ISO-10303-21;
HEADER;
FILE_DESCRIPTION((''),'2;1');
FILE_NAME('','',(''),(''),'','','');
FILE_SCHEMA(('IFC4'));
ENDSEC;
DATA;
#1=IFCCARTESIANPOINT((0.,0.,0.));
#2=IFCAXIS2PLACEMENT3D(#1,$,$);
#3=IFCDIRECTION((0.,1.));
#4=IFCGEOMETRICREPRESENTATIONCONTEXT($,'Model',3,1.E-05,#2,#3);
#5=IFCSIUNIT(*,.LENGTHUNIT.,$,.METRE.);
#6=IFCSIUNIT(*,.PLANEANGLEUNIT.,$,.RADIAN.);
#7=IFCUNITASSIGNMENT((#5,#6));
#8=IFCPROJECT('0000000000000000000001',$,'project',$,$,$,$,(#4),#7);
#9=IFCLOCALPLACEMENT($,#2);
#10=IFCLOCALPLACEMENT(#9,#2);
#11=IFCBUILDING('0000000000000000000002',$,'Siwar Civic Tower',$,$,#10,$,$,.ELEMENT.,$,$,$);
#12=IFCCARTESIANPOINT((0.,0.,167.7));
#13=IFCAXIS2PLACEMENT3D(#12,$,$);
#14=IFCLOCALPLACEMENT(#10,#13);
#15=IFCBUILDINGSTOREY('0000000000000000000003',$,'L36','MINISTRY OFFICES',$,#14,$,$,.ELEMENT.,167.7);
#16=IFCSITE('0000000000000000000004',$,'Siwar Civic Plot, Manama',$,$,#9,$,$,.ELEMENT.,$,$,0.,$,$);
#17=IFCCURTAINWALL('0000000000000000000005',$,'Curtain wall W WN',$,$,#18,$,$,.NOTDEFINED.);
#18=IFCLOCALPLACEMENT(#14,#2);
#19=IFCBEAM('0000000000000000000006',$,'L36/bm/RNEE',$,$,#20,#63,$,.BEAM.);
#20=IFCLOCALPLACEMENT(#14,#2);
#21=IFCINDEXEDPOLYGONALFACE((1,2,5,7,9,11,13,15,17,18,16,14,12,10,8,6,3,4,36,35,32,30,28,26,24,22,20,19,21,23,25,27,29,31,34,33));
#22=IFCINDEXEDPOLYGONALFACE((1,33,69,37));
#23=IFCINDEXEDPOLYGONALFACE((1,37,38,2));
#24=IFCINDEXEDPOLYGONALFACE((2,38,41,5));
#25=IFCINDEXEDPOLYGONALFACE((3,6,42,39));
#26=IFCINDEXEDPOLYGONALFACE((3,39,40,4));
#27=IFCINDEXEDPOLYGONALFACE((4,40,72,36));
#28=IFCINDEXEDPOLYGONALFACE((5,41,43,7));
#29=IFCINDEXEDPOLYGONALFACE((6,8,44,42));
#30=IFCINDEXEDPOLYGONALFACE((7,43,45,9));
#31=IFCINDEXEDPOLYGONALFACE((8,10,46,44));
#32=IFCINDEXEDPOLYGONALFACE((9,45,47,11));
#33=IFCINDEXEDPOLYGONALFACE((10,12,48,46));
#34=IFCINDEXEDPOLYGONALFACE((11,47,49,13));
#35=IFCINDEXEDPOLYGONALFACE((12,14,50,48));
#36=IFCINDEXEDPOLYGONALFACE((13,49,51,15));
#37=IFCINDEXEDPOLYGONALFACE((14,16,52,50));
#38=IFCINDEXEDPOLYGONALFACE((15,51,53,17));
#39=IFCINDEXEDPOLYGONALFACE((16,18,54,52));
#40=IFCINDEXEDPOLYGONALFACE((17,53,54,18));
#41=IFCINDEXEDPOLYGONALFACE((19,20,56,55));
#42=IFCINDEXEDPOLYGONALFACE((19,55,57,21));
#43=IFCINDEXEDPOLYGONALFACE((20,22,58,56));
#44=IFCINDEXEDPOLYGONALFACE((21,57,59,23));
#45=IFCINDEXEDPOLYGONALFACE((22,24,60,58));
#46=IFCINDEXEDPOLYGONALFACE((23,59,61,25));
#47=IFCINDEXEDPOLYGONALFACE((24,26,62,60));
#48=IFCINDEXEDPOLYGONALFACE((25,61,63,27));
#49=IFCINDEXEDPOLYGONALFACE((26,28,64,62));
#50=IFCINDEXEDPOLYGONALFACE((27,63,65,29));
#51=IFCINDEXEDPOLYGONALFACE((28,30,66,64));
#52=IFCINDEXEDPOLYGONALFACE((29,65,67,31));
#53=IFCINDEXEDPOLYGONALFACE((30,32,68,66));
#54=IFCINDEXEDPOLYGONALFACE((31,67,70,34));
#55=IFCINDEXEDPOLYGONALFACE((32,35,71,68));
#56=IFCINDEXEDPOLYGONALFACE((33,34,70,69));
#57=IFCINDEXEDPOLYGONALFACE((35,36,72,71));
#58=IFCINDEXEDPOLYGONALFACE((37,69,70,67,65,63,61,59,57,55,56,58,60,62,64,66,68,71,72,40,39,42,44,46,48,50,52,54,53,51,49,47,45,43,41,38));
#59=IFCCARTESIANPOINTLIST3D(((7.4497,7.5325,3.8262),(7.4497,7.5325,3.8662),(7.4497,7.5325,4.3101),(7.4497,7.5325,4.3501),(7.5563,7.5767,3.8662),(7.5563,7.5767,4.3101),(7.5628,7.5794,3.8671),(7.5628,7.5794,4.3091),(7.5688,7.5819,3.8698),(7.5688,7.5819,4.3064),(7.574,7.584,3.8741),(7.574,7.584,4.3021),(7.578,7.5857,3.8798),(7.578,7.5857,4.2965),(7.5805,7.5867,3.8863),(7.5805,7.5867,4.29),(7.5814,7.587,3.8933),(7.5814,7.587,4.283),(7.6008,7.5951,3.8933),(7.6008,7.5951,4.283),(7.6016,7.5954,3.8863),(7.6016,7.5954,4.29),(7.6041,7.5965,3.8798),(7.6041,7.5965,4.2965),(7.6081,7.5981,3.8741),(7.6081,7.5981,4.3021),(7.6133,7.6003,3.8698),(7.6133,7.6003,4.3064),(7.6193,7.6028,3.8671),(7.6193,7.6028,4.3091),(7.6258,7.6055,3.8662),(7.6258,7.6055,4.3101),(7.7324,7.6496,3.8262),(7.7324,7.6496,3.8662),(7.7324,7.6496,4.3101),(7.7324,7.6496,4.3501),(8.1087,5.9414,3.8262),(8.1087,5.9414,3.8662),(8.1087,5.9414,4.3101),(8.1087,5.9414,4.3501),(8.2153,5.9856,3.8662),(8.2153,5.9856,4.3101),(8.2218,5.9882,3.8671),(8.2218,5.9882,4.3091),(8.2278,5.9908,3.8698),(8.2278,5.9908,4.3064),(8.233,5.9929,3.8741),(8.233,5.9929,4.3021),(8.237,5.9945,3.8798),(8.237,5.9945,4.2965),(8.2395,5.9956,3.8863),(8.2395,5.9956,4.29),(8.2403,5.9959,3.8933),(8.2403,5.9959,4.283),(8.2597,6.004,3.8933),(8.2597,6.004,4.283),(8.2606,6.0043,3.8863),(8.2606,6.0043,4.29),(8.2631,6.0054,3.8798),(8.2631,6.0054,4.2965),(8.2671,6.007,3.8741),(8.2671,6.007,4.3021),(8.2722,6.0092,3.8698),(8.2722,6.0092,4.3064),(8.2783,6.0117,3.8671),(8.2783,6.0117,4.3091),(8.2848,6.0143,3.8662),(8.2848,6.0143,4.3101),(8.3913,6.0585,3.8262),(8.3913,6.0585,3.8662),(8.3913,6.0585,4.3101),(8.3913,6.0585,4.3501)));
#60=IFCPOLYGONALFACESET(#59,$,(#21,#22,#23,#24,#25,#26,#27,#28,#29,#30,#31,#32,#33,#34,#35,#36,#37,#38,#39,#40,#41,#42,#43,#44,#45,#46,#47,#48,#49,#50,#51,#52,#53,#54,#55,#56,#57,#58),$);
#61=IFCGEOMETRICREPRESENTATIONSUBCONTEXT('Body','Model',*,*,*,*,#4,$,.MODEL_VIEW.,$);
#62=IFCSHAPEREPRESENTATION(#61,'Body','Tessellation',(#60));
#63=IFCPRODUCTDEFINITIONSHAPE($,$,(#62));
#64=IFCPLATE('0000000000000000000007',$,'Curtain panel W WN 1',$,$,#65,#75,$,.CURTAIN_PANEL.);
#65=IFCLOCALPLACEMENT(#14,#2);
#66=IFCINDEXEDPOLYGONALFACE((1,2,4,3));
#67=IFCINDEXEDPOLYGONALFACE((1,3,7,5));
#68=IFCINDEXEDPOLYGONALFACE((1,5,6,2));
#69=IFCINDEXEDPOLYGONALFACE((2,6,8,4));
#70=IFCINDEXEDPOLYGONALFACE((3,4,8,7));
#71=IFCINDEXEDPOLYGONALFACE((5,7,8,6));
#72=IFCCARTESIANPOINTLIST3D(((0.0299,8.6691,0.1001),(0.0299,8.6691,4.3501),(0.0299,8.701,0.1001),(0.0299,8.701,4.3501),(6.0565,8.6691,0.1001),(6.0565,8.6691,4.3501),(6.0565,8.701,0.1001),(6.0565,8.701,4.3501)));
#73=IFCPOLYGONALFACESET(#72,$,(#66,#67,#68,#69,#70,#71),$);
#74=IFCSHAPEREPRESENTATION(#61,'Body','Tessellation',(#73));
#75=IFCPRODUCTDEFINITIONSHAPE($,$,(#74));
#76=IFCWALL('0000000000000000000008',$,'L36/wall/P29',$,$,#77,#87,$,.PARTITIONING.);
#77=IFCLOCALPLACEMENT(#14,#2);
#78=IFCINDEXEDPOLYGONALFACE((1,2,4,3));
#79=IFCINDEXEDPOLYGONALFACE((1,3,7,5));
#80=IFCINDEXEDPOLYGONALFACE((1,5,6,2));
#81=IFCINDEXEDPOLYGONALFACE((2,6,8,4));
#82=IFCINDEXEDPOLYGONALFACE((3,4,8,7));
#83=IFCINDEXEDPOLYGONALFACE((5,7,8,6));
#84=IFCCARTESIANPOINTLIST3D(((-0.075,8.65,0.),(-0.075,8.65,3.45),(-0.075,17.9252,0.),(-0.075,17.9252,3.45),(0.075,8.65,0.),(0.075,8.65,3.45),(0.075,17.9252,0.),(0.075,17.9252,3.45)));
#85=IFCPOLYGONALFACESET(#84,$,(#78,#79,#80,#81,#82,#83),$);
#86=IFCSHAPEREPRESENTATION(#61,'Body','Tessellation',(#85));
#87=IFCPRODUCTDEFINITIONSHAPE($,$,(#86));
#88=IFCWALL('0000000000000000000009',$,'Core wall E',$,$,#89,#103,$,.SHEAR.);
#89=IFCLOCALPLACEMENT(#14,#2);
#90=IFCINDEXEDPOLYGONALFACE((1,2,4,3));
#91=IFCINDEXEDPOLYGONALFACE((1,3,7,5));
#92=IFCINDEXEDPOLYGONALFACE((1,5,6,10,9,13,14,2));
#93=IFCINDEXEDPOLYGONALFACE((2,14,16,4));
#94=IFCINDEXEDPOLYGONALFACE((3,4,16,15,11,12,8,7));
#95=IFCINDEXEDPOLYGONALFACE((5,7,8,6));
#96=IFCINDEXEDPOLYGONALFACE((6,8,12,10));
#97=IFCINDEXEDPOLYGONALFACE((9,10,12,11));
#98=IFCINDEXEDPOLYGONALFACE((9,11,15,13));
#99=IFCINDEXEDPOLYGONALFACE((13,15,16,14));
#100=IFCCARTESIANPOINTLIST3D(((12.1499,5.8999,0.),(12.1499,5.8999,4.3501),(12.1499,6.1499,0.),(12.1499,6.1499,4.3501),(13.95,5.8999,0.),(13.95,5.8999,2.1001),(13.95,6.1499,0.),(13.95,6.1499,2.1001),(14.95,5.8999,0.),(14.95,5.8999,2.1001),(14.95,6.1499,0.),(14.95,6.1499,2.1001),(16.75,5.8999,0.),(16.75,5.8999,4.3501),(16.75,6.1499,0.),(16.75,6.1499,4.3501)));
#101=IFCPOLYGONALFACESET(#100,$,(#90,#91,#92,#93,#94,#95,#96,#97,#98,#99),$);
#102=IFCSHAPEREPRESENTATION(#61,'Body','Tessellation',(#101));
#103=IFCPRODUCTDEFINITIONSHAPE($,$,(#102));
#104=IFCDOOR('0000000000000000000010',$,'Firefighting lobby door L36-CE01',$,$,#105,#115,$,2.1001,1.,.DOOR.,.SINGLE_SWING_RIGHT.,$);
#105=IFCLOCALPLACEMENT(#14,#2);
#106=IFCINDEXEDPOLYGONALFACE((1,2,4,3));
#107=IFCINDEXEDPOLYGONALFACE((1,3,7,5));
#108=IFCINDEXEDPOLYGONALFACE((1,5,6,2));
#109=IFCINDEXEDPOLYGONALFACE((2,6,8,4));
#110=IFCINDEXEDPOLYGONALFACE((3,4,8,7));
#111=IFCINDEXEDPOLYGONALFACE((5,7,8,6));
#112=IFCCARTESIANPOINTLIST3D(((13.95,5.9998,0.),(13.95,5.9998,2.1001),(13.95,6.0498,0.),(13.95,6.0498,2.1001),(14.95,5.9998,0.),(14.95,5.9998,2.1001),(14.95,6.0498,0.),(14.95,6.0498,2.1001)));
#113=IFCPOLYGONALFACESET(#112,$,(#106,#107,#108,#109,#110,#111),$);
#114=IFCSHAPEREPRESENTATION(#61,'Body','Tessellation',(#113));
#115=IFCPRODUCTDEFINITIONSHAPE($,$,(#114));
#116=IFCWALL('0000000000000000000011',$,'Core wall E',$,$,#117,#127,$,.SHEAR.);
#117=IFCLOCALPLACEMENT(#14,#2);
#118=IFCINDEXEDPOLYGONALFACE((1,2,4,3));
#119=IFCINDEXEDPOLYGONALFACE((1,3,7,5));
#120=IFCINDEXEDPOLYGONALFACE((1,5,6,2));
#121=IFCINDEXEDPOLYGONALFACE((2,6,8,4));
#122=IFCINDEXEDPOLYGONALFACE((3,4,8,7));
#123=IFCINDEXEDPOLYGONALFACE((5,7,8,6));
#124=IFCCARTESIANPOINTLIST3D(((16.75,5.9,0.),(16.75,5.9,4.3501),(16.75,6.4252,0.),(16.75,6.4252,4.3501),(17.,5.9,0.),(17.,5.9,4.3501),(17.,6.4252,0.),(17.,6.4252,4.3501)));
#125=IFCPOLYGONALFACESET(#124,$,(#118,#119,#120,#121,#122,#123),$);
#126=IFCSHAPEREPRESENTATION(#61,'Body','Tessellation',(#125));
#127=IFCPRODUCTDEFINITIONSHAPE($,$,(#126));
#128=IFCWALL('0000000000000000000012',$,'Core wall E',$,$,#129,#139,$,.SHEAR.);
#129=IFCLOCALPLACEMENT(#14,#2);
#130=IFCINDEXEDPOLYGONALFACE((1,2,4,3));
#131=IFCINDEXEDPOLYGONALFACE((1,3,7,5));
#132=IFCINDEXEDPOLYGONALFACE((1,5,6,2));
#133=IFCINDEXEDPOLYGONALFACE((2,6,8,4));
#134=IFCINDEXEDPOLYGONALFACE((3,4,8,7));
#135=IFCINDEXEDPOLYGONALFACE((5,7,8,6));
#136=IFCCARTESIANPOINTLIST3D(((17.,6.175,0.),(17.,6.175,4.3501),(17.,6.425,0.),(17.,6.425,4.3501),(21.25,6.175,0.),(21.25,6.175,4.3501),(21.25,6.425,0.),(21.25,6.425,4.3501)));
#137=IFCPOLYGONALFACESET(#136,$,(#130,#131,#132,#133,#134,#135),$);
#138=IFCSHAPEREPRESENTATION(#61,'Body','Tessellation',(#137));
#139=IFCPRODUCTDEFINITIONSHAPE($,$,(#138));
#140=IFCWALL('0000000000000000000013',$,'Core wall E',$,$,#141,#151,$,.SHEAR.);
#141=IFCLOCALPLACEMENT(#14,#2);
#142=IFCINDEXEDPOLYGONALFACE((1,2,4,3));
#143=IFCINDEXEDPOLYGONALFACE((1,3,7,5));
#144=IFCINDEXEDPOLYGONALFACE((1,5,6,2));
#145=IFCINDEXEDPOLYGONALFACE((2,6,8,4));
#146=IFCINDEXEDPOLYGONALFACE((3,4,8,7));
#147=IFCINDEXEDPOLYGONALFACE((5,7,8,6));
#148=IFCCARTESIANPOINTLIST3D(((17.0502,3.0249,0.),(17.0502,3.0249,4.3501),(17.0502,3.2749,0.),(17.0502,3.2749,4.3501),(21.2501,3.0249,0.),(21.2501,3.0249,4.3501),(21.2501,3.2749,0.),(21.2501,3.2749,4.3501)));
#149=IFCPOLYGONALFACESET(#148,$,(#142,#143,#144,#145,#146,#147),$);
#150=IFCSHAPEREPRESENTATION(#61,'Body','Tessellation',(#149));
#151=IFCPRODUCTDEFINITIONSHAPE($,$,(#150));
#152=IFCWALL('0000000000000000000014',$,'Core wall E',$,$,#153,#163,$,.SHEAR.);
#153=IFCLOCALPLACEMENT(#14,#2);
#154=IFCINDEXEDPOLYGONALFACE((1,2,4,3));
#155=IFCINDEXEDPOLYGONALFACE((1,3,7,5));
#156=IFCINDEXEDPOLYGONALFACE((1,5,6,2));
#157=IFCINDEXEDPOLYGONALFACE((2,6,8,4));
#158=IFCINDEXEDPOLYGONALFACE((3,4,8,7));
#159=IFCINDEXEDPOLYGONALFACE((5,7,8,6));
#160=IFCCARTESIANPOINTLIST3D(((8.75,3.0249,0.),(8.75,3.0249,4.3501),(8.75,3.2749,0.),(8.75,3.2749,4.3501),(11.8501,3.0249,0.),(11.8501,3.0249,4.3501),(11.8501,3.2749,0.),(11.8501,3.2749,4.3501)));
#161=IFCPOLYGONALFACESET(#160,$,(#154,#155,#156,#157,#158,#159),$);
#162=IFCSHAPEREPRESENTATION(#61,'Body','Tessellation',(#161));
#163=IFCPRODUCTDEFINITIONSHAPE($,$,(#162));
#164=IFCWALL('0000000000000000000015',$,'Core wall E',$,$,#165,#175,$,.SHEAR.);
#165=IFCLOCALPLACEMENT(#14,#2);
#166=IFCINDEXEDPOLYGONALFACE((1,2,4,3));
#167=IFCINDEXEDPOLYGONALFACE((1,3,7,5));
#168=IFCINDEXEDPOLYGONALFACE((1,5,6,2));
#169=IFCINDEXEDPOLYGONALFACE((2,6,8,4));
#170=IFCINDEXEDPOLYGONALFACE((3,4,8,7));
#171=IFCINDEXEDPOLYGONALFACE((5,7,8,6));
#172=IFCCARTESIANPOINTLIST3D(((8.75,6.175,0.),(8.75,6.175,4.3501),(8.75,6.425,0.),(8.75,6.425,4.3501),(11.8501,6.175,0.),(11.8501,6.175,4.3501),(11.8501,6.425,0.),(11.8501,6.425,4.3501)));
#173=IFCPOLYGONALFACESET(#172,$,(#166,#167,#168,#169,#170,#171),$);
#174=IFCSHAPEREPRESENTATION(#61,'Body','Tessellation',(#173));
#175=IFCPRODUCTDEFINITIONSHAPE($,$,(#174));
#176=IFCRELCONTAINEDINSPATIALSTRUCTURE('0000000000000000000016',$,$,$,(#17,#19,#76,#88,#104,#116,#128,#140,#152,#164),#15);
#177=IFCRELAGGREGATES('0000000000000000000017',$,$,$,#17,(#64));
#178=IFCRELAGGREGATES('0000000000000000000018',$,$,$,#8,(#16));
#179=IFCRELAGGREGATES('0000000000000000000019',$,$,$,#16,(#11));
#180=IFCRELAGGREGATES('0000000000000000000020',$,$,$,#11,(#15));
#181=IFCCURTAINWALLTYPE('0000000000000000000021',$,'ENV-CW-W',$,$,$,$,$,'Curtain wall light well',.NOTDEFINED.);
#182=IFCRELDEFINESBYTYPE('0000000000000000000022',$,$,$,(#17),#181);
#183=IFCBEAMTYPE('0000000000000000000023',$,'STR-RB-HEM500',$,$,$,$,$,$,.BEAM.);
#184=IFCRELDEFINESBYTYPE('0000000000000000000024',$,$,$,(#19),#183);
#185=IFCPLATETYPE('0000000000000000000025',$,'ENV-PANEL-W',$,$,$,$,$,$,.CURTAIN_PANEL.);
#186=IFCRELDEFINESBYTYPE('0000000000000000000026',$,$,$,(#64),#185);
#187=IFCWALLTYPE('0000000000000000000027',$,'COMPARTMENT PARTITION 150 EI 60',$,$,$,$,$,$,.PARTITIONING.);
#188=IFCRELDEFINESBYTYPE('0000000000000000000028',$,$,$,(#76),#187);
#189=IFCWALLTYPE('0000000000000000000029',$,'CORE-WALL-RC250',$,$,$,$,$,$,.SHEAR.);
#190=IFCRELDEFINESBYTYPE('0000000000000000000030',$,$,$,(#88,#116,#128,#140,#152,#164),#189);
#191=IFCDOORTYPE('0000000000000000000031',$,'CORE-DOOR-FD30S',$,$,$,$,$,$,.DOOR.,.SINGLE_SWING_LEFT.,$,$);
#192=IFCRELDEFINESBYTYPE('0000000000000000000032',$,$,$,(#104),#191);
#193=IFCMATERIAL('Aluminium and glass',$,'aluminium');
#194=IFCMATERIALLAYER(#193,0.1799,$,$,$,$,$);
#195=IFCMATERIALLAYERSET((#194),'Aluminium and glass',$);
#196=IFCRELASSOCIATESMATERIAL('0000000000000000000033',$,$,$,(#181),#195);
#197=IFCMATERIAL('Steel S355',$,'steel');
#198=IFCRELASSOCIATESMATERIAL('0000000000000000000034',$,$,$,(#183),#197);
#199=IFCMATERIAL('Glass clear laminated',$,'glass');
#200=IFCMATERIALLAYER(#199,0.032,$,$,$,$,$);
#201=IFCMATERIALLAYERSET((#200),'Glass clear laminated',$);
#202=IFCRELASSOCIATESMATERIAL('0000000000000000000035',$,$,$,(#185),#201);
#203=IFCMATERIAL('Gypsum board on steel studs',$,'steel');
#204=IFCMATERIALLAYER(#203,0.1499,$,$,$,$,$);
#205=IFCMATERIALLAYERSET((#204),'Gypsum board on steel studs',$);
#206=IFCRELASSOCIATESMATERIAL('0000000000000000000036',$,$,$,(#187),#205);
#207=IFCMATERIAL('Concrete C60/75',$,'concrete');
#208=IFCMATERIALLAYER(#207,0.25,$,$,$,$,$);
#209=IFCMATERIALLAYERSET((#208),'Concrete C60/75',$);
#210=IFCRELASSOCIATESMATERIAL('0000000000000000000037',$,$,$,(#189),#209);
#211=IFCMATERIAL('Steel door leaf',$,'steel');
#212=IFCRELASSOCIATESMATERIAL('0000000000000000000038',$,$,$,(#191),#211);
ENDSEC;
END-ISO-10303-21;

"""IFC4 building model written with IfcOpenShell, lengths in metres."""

from ifc_helpers import new_model, si_unit, direction, frame, frame_2d, origin, origin_2d, place, context, subcontext, project, spatial, rectangle, i_section, extrude, material, layer, layer_set, material_profile, profile_set, type_object, element, fill, aggregate, save


model = new_model("IFC4")

# Units and contexts
model_context = context("Model", 3, precision=1e-05, world=origin(), true_north=direction((0.0, 1.0)))
body_context = subcontext(model_context, "Body", "Model", "MODEL_VIEW")
ifc_project = project(units=[si_unit("LENGTHUNIT", "METRE"), si_unit("PLANEANGLEUNIT", "RADIAN")], contexts=[model_context])

# Site, building, storey
site_placement = place(None, origin())
site = spatial("IfcSite", under=ifc_project, at=site_placement, Name="Siwar Civic Plot, Manama", CompositionType="ELEMENT", RefElevation=0.0)
building_placement = place(site_placement, origin())
building = spatial("IfcBuilding", under=site, at=building_placement, Name="Siwar Civic Tower", CompositionType="ELEMENT")
storey_placement = place(building_placement, frame((0.0, 0.0, 167.7)))
storey = spatial("IfcBuildingStorey", under=building, at=storey_placement, Name="L36", Description="MINISTRY OFFICES", CompositionType="ELEMENT", Elevation=167.7)

# Curtain wall
ifc_material_1 = material(Name="Aluminium and glass", Category="aluminium")
ifc_layer_1 = layer(ifc_material_1, 0.1799)
ifc_layer_set_1 = layer_set([ifc_layer_1], Name="Aluminium and glass")
curtain_wall_type = type_object("IfcCurtainWallType", Name="ENV-CW-W", ElementType="Curtain wall light well", PredefinedType="NOTDEFINED", material=ifc_layer_set_1)
curtain_wall_placement = place(storey_placement, origin())
curtain_wall = element("IfcCurtainWall", 1, at=curtain_wall_placement, inside=storey, type_object=curtain_wall_type, Name="Curtain wall W WN", PredefinedType="NOTDEFINED")

# Beam
ifc_material_2 = material(Name="Steel S355", Category="steel")
ifc_material_profile_1 = material_profile(ifc_material_2, i_section(OverallWidth=0.3059, OverallDepth=0.5239, WebThickness=0.021, FlangeThickness=0.04, FilletRadius=0.0271, at=origin_2d()), Name="HEM500")
ifc_profile_set_1 = profile_set([ifc_material_profile_1], Name="Steel S355")
beam_type_1 = type_object("IfcBeamType", Name="STR-RB-HEM500", PredefinedType="BEAM", material=ifc_profile_set_1)
for number, where, z_axis, x_axis, name in (
    (2, (7.5911, 7.5911, 4.0881), (0.382631, -0.923901, 0.0), (0.923901, 0.382631, 0.0), "L36/bm/RNEE"),
):
    element("IfcBeam", number, at=place(storey_placement, frame(where, z_axis=z_axis, x_axis=x_axis)), inside=storey, type_object=beam_type_1, Name=name, PredefinedType="BEAM", context=body_context, shape_type="SweptSolid", body=[
        extrude(i_section(OverallWidth=0.3059, OverallDepth=0.5239, WebThickness=0.021, FlangeThickness=0.04, FilletRadius=0.0271, at=origin_2d()), origin(), (0.0, 0.0, 1.0), 1.7222),
    ])

# Plate
ifc_material_3 = material(Name="Glass clear laminated", Category="glass")
ifc_layer_2 = layer(ifc_material_3, 0.032)
ifc_layer_set_2 = layer_set([ifc_layer_2], Name="Glass clear laminated")
plate_type = type_object("IfcPlateType", Name="ENV-PANEL-W", PredefinedType="CURTAIN_PANEL", material=ifc_layer_set_2)
plate_placement = place(storey_placement, frame((3.0432, 8.6851, 0.1001), z_axis=(0.0, 0.0, 1.0), x_axis=(-1.0, 0.0, 0.0)))
plate = element("IfcPlate", 3, at=plate_placement, type_object=plate_type, Name="Curtain panel W WN 1", PredefinedType="CURTAIN_PANEL", context=body_context, shape_type="SweptSolid", body=[
    extrude(rectangle(XDim=6.0266, YDim=0.032, at=origin_2d()), origin(), (0.0, 0.0, 1.0), 4.25),
])
aggregate(curtain_wall, [plate])

# Wall
ifc_material_4 = material(Name="Gypsum board on steel studs", Category="steel")
ifc_layer_3 = layer(ifc_material_4, 0.1499)
ifc_layer_set_3 = layer_set([ifc_layer_3], Name="Gypsum board on steel studs")
wall_type_1 = type_object("IfcWallType", Name="COMPARTMENT PARTITION 150 EI 60", PredefinedType="PARTITIONING", material=ifc_layer_set_3)
wall_1_placement = place(storey_placement, frame((0.0, 8.6499, 0.0), z_axis=(0.0, 0.0, 1.0), x_axis=(0.0, 1.0, 0.0)))
element("IfcWall", 4, at=wall_1_placement, inside=storey, type_object=wall_type_1, Name="L36/wall/P29", PredefinedType="PARTITIONING", context=body_context, shape_type="SweptSolid", body=[
    extrude(rectangle(XDim=9.2751, YDim=0.1499, at=frame_2d((4.6377, 0.0))), origin(), (0.0, 0.0, 1.0), 3.45),
])

# Wall, opening, door
ifc_material_5 = material(Name="Concrete C60/75", Category="concrete")
ifc_layer_4 = layer(ifc_material_5, 0.25)
ifc_layer_set_4 = layer_set([ifc_layer_4], Name="Concrete C60/75")
wall_type_2 = type_object("IfcWallType", Name="CORE-WALL-RC250", PredefinedType="SHEAR", material=ifc_layer_set_4)
wall_2_placement = place(storey_placement, frame((12.1499, 6.0249, 0.0), z_axis=(0.0, 0.0, 1.0), x_axis=(1.0, 0.0, 0.0)))
wall_2 = element("IfcWall", 5, at=wall_2_placement, inside=storey, type_object=wall_type_2, Name="Core wall E", PredefinedType="SHEAR", context=body_context, shape_type="SweptSolid", body=[
    extrude(rectangle(XDim=4.6001, YDim=0.25, at=frame_2d((2.3, 0.0))), origin(), (0.0, 0.0, 1.0), 4.3501),
])
opening_1_placement = place(wall_2_placement, frame((1.8, 0.0, 0.0)))
opening_1 = element("IfcOpeningElement", 6, at=opening_1_placement, cuts=wall_2, PredefinedType="OPENING", context=body_context, shape_type="SweptSolid", body=[
    extrude(rectangle(XDim=1.0, YDim=2.1001, at=frame_2d((0.5, 1.05))), frame((0.0, 0.135, 0.0), z_axis=(0.0, -1.0, 0.0), x_axis=(1.0, 0.0, 0.0)), (0.0, 0.0, 1.0), 0.27),
])
ifc_material_6 = material(Name="Steel door leaf", Category="steel")
door_type_1 = type_object("IfcDoorType", Name="CORE-DOOR-FD30S", OperationType="SINGLE_SWING_LEFT", PredefinedType="DOOR", material=ifc_material_6)
door_1_placement = place(opening_1_placement, origin())
door_1 = element("IfcDoor", 7, at=door_1_placement, inside=storey, type_object=door_type_1, Name="Firefighting lobby door L36-CE01", OperationType="SINGLE_SWING_RIGHT", OverallHeight=2.1001, OverallWidth=1.0, PredefinedType="DOOR", context=body_context, shape_type="SweptSolid", body=[
    extrude(rectangle(XDim=1.0, YDim=2.1001, at=frame_2d((0.5, 1.05))), frame((0.0, 0.0249, 0.0), z_axis=(0.0, -1.0, 0.0), x_axis=(1.0, 0.0, 0.0)), (0.0, 0.0, 1.0), 0.05),
])
fill(opening_1, door_1)

# Walls
wall_3_placement = place(storey_placement, frame((16.875, 5.8999, 0.0), z_axis=(0.0, 0.0, 1.0), x_axis=(0.0, 1.0, 0.0)))
element("IfcWall", 8, at=wall_3_placement, inside=storey, type_object=wall_type_2, Name="Core wall E", PredefinedType="SHEAR", context=body_context, shape_type="SweptSolid", body=[
    extrude(rectangle(XDim=0.5251, YDim=0.25, at=frame_2d((0.2627, 0.0))), origin(), (0.0, 0.0, 1.0), 4.3501),
])
wall_4_placement = place(storey_placement, frame((17.0, 6.3, 0.0), z_axis=(0.0, 0.0, 1.0), x_axis=(1.0, 0.0, 0.0)))
element("IfcWall", 9, at=wall_4_placement, inside=storey, type_object=wall_type_2, Name="Core wall E", PredefinedType="SHEAR", context=body_context, shape_type="SweptSolid", body=[
    extrude(rectangle(XDim=4.25, YDim=0.25, at=frame_2d((2.125, 0.0))), origin(), (0.0, 0.0, 1.0), 4.3501),
])
wall_5_placement = place(storey_placement, frame((17.05, 3.1499, 0.0), z_axis=(0.0, 0.0, 1.0), x_axis=(1.0, 0.0, 0.0)))
element("IfcWall", 10, at=wall_5_placement, inside=storey, type_object=wall_type_2, Name="Core wall E", PredefinedType="SHEAR", context=body_context, shape_type="SweptSolid", body=[
    extrude(rectangle(XDim=4.2, YDim=0.25, at=frame_2d((2.1001, 0.0))), origin(), (0.0, 0.0, 1.0), 4.3501),
])
for number, where, z_axis, x_axis, name in (
    (11, (8.75, 3.1499, 0.0), (0.0, 0.0, 1.0), (1.0, 0.0, 0.0), "Core wall E"),
    (12, (8.75, 6.3, 0.0), (0.0, 0.0, 1.0), (1.0, 0.0, 0.0), "Core wall E"),
):
    element("IfcWall", number, at=place(storey_placement, frame(where, z_axis=z_axis, x_axis=x_axis)), inside=storey, type_object=wall_type_2, Name=name, PredefinedType="SHEAR", context=body_context, shape_type="SweptSolid", body=[
        extrude(rectangle(XDim=3.1001, YDim=0.25, at=frame_2d((1.55, 0.0))), origin(), (0.0, 0.0, 1.0), 4.3501),
    ])

save(model, "model.ifc")
